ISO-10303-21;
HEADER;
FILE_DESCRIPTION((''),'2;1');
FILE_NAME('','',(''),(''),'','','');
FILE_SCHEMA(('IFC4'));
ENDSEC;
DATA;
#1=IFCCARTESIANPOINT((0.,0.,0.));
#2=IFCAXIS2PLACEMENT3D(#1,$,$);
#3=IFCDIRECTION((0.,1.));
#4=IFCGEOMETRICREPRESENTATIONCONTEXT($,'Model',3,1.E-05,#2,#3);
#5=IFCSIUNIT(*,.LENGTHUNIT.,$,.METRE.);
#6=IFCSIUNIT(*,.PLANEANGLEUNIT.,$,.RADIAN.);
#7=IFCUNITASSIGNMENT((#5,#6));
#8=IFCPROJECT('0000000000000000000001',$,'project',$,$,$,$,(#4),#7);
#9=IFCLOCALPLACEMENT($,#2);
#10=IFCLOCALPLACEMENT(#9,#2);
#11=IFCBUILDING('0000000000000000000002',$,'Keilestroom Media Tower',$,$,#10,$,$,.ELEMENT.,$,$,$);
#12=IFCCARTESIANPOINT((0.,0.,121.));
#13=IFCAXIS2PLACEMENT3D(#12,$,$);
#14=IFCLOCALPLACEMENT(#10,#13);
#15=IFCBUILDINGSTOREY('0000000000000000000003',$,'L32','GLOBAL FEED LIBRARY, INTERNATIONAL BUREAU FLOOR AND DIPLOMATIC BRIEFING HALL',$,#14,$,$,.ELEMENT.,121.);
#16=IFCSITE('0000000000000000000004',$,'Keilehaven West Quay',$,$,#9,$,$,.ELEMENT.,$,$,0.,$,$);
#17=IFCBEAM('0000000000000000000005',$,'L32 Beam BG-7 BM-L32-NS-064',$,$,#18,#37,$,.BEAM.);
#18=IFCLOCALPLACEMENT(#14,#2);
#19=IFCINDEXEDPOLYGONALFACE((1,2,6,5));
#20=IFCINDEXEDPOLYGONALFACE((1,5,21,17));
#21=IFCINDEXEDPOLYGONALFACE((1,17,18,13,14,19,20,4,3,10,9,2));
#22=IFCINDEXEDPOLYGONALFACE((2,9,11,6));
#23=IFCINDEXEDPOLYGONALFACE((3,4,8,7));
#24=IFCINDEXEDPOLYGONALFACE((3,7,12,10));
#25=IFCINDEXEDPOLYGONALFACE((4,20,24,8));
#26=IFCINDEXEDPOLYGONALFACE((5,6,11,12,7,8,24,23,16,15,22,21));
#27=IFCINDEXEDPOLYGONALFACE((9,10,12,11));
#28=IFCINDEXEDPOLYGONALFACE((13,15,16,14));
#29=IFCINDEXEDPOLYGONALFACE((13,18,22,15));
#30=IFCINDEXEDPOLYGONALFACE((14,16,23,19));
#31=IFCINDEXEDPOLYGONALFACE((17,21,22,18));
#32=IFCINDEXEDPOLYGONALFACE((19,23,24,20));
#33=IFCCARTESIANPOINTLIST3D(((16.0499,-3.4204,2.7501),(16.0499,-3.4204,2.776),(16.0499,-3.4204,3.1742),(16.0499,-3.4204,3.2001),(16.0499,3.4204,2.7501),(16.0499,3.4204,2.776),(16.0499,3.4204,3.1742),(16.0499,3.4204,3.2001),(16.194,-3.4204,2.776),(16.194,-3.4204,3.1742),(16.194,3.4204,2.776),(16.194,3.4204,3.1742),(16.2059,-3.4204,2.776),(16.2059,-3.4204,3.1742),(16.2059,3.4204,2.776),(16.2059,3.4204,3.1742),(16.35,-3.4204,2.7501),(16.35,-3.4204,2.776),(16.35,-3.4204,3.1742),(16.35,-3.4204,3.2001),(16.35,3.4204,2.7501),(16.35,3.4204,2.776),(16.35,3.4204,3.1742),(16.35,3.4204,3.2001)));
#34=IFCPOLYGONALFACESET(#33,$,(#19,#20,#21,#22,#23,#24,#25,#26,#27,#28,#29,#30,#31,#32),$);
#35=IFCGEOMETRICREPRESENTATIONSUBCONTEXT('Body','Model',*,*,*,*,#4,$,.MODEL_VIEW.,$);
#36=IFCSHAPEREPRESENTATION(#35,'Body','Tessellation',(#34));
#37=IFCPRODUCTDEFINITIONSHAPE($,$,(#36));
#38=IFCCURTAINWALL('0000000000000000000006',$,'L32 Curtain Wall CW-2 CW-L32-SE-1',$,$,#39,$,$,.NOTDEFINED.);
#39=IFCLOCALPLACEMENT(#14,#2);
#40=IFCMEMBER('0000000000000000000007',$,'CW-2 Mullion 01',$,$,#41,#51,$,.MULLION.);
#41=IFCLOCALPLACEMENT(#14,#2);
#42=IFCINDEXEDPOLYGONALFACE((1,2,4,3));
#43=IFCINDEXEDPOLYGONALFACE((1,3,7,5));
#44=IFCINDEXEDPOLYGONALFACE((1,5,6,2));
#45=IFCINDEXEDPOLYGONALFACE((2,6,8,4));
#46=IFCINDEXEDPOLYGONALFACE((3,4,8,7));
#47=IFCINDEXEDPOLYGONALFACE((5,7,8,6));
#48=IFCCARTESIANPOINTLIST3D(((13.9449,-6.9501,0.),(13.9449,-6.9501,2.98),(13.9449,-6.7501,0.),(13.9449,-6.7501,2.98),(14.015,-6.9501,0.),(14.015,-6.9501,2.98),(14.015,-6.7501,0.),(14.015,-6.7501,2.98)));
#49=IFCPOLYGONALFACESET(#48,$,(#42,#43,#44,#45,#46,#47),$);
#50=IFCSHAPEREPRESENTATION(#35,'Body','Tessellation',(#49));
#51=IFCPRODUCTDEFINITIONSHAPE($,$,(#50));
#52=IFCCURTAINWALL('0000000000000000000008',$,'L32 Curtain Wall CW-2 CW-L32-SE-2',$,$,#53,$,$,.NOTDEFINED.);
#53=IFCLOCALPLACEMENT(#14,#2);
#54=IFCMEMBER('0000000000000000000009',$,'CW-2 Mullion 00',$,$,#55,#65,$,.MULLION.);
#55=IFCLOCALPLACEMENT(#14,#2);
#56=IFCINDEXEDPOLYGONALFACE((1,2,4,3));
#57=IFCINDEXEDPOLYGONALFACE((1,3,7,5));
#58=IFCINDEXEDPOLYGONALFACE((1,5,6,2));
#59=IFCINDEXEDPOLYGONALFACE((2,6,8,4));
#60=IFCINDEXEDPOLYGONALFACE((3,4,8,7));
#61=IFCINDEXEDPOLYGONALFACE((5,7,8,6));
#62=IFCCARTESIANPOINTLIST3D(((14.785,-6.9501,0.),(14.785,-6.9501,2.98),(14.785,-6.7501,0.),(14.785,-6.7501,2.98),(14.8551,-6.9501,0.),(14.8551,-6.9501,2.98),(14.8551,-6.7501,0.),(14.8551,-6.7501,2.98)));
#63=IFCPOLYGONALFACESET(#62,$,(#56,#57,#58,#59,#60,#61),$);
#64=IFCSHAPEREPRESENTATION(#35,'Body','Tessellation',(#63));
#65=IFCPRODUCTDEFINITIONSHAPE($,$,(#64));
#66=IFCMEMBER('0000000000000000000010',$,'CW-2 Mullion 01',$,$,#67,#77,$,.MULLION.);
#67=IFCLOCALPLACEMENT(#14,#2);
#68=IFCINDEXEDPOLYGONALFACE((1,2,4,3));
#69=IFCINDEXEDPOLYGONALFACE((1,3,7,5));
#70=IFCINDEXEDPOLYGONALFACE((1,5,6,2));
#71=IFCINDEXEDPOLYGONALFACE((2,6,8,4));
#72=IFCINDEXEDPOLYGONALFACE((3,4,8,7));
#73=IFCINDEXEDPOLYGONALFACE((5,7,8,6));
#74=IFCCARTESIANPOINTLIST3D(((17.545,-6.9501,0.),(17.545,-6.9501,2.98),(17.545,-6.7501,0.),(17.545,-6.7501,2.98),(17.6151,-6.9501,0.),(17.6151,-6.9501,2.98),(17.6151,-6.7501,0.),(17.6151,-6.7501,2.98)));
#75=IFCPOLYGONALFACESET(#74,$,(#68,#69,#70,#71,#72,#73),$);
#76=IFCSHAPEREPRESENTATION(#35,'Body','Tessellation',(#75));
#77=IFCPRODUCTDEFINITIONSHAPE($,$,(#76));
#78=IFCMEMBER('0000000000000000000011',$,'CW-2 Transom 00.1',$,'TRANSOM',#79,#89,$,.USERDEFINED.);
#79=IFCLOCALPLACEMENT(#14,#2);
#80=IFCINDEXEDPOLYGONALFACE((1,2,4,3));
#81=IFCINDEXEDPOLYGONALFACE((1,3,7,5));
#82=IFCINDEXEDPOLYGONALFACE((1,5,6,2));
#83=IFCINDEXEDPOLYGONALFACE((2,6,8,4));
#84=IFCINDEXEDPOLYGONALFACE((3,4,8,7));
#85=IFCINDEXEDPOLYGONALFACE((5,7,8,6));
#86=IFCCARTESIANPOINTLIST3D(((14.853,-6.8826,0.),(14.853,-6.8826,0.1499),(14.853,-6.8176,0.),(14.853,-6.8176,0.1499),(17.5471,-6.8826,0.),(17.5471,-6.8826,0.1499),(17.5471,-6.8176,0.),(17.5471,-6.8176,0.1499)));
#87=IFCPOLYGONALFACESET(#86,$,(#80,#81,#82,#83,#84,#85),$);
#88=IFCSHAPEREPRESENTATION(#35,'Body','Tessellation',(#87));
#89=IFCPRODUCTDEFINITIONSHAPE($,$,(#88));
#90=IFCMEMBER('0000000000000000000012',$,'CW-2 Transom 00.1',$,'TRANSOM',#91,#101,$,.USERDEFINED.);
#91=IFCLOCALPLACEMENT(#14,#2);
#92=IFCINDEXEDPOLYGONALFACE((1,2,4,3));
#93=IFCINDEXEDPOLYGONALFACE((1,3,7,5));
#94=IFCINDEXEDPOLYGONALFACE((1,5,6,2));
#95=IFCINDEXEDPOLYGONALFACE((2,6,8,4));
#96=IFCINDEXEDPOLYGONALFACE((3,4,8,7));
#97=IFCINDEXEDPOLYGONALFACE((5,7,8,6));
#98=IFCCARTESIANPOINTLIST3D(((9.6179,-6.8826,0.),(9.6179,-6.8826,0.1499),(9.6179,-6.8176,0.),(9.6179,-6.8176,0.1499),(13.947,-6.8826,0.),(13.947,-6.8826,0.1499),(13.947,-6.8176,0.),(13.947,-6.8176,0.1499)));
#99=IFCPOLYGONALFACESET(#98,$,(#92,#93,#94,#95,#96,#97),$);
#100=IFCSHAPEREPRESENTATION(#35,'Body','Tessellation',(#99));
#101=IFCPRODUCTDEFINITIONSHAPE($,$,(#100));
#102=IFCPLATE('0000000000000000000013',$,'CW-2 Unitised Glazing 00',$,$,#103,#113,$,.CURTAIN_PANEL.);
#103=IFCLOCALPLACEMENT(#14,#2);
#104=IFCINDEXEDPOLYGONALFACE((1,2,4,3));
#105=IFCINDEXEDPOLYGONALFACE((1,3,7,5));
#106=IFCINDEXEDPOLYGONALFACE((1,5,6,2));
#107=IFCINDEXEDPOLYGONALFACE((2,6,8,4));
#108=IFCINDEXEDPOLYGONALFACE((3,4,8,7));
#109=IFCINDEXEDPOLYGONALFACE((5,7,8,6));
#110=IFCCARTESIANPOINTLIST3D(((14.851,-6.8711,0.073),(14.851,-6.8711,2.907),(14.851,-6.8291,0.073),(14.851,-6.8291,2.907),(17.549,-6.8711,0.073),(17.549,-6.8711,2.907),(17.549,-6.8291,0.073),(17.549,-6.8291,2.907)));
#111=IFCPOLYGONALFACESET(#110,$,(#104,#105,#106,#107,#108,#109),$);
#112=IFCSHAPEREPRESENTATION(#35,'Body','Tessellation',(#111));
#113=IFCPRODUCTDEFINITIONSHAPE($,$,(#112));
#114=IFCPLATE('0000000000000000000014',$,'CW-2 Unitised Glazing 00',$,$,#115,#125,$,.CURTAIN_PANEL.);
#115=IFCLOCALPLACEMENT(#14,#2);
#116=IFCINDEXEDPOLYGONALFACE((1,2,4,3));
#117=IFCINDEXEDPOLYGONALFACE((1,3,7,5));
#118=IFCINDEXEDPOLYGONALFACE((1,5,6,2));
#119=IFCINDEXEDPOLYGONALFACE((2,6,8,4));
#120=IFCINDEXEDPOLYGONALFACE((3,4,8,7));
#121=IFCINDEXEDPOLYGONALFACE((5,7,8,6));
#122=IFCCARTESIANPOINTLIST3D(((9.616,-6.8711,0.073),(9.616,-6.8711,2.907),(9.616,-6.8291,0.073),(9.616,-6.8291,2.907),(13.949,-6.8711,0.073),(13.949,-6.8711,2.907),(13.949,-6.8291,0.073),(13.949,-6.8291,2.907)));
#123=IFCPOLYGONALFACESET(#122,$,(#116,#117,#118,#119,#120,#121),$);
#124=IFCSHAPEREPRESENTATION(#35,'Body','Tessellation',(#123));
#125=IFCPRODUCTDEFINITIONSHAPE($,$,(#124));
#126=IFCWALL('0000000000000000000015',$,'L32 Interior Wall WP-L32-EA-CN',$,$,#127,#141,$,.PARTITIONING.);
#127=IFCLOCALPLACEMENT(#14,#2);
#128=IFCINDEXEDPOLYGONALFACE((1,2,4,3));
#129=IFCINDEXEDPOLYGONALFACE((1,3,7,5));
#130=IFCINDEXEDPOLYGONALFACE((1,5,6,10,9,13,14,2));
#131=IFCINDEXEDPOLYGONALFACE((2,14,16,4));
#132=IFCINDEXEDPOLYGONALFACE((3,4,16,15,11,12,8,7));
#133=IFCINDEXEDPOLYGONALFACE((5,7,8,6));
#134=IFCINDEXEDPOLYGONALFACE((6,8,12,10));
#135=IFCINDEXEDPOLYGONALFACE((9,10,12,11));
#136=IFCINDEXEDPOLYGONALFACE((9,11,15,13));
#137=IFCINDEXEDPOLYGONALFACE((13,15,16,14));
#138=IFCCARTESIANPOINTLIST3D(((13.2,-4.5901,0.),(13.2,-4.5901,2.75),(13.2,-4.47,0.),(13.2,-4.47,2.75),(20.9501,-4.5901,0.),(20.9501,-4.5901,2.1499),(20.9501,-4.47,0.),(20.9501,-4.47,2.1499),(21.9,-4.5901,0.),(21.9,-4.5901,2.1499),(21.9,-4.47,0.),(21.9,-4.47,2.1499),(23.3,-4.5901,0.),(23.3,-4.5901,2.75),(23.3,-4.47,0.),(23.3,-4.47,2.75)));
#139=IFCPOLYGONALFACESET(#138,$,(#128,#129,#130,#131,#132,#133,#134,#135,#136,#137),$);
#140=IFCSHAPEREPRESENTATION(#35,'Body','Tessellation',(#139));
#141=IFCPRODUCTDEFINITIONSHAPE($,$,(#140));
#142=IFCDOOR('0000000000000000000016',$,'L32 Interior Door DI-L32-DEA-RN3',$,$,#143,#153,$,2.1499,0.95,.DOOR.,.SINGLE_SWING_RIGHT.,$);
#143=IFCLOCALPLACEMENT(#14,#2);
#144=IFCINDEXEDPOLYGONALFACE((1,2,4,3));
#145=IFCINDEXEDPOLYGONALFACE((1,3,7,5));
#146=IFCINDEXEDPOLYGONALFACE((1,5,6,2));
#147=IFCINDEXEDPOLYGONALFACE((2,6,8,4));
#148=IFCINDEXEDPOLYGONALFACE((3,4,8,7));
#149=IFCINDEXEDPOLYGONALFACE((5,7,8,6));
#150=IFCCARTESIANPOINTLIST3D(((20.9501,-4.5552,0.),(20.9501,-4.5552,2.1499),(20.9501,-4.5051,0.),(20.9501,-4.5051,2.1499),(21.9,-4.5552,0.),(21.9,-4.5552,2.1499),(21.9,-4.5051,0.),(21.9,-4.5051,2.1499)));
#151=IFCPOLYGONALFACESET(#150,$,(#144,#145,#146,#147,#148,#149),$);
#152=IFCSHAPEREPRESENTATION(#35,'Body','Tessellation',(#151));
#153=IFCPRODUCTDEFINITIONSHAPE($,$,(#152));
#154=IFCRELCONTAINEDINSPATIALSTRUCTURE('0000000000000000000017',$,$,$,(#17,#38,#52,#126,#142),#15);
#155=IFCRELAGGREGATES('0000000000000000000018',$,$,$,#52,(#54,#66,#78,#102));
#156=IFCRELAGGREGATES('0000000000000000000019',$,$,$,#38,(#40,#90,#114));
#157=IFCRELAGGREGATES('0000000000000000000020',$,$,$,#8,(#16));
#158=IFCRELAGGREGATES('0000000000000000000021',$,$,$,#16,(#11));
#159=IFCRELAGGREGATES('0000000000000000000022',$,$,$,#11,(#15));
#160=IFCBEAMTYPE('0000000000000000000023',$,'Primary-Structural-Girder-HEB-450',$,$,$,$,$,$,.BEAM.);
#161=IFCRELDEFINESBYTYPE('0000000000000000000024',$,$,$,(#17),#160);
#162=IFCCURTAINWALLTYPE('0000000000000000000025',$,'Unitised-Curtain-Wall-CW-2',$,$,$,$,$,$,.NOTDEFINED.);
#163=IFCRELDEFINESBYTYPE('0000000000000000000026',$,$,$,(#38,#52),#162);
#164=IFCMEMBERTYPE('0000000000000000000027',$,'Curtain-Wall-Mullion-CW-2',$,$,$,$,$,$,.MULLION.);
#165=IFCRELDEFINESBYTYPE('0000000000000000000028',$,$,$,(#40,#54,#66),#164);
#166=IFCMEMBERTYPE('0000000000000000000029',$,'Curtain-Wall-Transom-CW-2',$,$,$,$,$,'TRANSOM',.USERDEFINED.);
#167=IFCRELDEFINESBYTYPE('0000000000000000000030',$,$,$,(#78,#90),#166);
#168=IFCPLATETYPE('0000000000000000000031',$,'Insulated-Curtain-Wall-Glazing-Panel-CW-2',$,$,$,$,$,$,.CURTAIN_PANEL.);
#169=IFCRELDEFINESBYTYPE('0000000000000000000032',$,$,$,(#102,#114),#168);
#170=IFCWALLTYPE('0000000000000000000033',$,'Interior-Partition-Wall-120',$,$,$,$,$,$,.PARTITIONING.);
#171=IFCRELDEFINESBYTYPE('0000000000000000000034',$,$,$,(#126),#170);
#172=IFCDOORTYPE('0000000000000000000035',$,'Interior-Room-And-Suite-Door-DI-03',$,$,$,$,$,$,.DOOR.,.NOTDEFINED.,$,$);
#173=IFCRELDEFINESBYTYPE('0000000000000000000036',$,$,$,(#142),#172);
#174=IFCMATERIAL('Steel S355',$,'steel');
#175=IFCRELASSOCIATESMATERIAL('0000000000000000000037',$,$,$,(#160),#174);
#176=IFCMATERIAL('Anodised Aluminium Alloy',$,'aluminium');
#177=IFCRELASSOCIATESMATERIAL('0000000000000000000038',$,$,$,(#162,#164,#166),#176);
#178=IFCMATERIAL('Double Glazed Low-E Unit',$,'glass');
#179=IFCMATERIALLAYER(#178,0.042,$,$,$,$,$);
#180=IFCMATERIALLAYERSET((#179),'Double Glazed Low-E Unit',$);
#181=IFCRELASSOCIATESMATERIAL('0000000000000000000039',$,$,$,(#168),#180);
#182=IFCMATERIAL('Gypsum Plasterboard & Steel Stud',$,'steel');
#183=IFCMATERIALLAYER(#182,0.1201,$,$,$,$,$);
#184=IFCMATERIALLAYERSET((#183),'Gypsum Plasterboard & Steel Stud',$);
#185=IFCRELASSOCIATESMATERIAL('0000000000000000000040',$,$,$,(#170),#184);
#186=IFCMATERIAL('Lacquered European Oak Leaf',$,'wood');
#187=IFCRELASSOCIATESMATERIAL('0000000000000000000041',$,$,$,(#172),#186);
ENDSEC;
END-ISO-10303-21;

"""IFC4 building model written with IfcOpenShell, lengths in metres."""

from ifc_helpers import new_model, si_unit, direction, frame, frame_2d, origin, origin_2d, place, context, subcontext, project, spatial, rectangle, i_section, extrude, source, transform, mapped, material, layer, layer_set, material_profile, profile_set, type_object, element, fill, aggregate, save


model = new_model("IFC4")

# Units and contexts
model_context = context("Model", 3, precision=1e-05, world=origin(), true_north=direction((0.0, 1.0)))
body_context = subcontext(model_context, "Body", "Model", "MODEL_VIEW")
ifc_project = project(units=[si_unit("LENGTHUNIT", "METRE"), si_unit("PLANEANGLEUNIT", "RADIAN")], contexts=[model_context])

# Site, building, storey
site_placement = place(None, origin())
site = spatial("IfcSite", under=ifc_project, at=site_placement, Name="Keilehaven West Quay", CompositionType="ELEMENT", RefElevation=0.0)
building_placement = place(site_placement, origin())
building = spatial("IfcBuilding", under=site, at=building_placement, Name="Keilestroom Media Tower", CompositionType="ELEMENT")
storey_placement = place(building_placement, frame((0.0, 0.0, 121.0)))
storey = spatial("IfcBuildingStorey", under=building, at=storey_placement, Name="L32", Description="GLOBAL FEED LIBRARY, INTERNATIONAL BUREAU FLOOR AND DIPLOMATIC BRIEFING HALL", CompositionType="ELEMENT", Elevation=121.0)

# Shared definitions
ifc_material_1 = material(Name="Steel S355", Category="steel")

# Beam
ifc_material_profile_1 = material_profile(ifc_material_1, i_section(OverallWidth=0.3, OverallDepth=0.45, WebThickness=0.012, FlangeThickness=0.0259, at=origin_2d()), Name="HEB 450")
ifc_profile_set_1 = profile_set([ifc_material_profile_1], Name="Steel S355")
beam_type_1 = type_object("IfcBeamType", Name="Primary-Structural-Girder-HEB-450", PredefinedType="BEAM", material=ifc_profile_set_1)
shared_shape_1 = source(origin(), body_context, "Body", "SweptSolid", [
    extrude(i_section(OverallWidth=0.3, OverallDepth=0.45, WebThickness=0.012, FlangeThickness=0.0259, at=origin_2d()), origin(), (0.0, 0.0, 1.0), 6.8408),
])
for number, where, z_axis, x_axis, name in (
    (1, (16.2, -3.4204, 2.9751), (0.0, 1.0, 0.0), (-1.0, 0.0, 0.0), "L32 Beam BG-7 BM-L32-NS-064"),
):
    element("IfcBeam", number, at=place(storey_placement, frame(where, z_axis=z_axis, x_axis=x_axis)), inside=storey, type_object=beam_type_1, Name=name, PredefinedType="BEAM", context=body_context, shape_type="MappedRepresentation", body=[
        mapped(shared_shape_1, transform((0.0, 0.0, 0.0), x_axis=(1.0, 0.0, 0.0), y_axis=(0.0, 1.0, 0.0), z_axis=(0.0, 0.0, 1.0), scale=1.0)),
    ])

# Curtain wall, member
ifc_material_2 = material(Name="Anodised Aluminium Alloy", Category="aluminium")
curtain_wall_type = type_object("IfcCurtainWallType", Name="Unitised-Curtain-Wall-CW-2", PredefinedType="NOTDEFINED", material=ifc_material_2)
curtain_wall_1_placement = place(storey_placement, origin())
curtain_wall_1 = element("IfcCurtainWall", 2, at=curtain_wall_1_placement, inside=storey, type_object=curtain_wall_type, Name="L32 Curtain Wall CW-2 CW-L32-SE-1", PredefinedType="NOTDEFINED")
ifc_material_profile_2 = material_profile(ifc_material_2, rectangle(XDim=0.0701, YDim=0.2, at=origin_2d()), Name="ALU MULLION 70x200")
ifc_profile_set_2 = profile_set([ifc_material_profile_2], Name="Anodised Aluminium Alloy")
member_type_1 = type_object("IfcMemberType", Name="Curtain-Wall-Mullion-CW-2", PredefinedType="MULLION", material=ifc_profile_set_2)
shared_shape_2 = source(origin(), body_context, "Body", "SweptSolid", [
    extrude(rectangle(XDim=0.0701, YDim=0.2, at=origin_2d()), origin(), (0.0, 0.0, 1.0), 2.98),
])
member_1_placement = place(storey_placement, frame((13.98, -6.8501, 0.0), z_axis=(0.0, 0.0, 1.0), x_axis=(1.0, 0.0, 0.0)))
member_1 = element("IfcMember", 3, at=member_1_placement, type_object=member_type_1, Name="CW-2 Mullion 01", PredefinedType="MULLION", context=body_context, shape_type="MappedRepresentation", body=[
    mapped(shared_shape_2, transform((0.0, 0.0, 0.0), x_axis=(1.0, 0.0, 0.0), y_axis=(0.0, 1.0, 0.0), z_axis=(0.0, 0.0, 1.0), scale=1.0)),
])

# Curtain wall, members
curtain_wall_2_placement = place(storey_placement, origin())
curtain_wall_2 = element("IfcCurtainWall", 4, at=curtain_wall_2_placement, inside=storey, type_object=curtain_wall_type, Name="L32 Curtain Wall CW-2 CW-L32-SE-2", PredefinedType="NOTDEFINED")
member_2_placement = place(storey_placement, frame((14.8201, -6.8501, 0.0), z_axis=(0.0, 0.0, 1.0), x_axis=(1.0, 0.0, 0.0)))
member_2 = element("IfcMember", 5, at=member_2_placement, type_object=member_type_1, Name="CW-2 Mullion 00", PredefinedType="MULLION", context=body_context, shape_type="MappedRepresentation", body=[
    mapped(shared_shape_2, transform((0.0, 0.0, 0.0), x_axis=(1.0, 0.0, 0.0), y_axis=(0.0, 1.0, 0.0), z_axis=(0.0, 0.0, 1.0), scale=1.0)),
])
member_3_placement = place(storey_placement, frame((17.5801, -6.8501, 0.0), z_axis=(0.0, 0.0, 1.0), x_axis=(1.0, 0.0, 0.0)))
member_3 = element("IfcMember", 6, at=member_3_placement, type_object=member_type_1, Name="CW-2 Mullion 01", PredefinedType="MULLION", context=body_context, shape_type="MappedRepresentation", body=[
    mapped(shared_shape_2, transform((0.0, 0.0, 0.0), x_axis=(1.0, 0.0, 0.0), y_axis=(0.0, 1.0, 0.0), z_axis=(0.0, 0.0, 1.0), scale=1.0)),
])
ifc_material_profile_3 = material_profile(ifc_material_2, rectangle(XDim=0.0649, YDim=0.1499, at=origin_2d()), Name="ALU TRANSOM 65x150")
ifc_profile_set_3 = profile_set([ifc_material_profile_3], Name="Anodised Aluminium Alloy")
member_type_2 = type_object("IfcMemberType", Name="Curtain-Wall-Transom-CW-2", ElementType="TRANSOM", PredefinedType="USERDEFINED", material=ifc_profile_set_3)
shared_shape_3 = source(origin(), body_context, "Body", "SweptSolid", [
    extrude(rectangle(XDim=0.0649, YDim=0.1499, at=origin_2d()), origin(), (0.0, 0.0, 1.0), 2.6941),
])
member_4_placement = place(storey_placement, frame((14.853, -6.8501, 0.075), z_axis=(1.0, 0.0, 0.0), x_axis=(0.0, 1.0, 0.0)))
member_4 = element("IfcMember", 7, at=member_4_placement, type_object=member_type_2, Name="CW-2 Transom 00.1", ObjectType="TRANSOM", PredefinedType="USERDEFINED", context=body_context, shape_type="MappedRepresentation", body=[
    mapped(shared_shape_3, transform((0.0, 0.0, 0.0), x_axis=(1.0, 0.0, 0.0), y_axis=(0.0, 1.0, 0.0), z_axis=(0.0, 0.0, 1.0), scale=1.0)),
])

# Member
shared_shape_4 = source(origin(), body_context, "Body", "SweptSolid", [
    extrude(rectangle(XDim=0.0649, YDim=0.1499, at=origin_2d()), origin(), (0.0, 0.0, 1.0), 4.3291),
])
member_5_placement = place(storey_placement, frame((9.6179, -6.8501, 0.075), z_axis=(1.0, 0.0, 0.0), x_axis=(0.0, 1.0, 0.0)))
member_5 = element("IfcMember", 8, at=member_5_placement, type_object=member_type_2, Name="CW-2 Transom 00.1", ObjectType="TRANSOM", PredefinedType="USERDEFINED", context=body_context, shape_type="MappedRepresentation", body=[
    mapped(shared_shape_4, transform((0.0, 0.0, 0.0), x_axis=(1.0, 0.0, 0.0), y_axis=(0.0, 1.0, 0.0), z_axis=(0.0, 0.0, 1.0), scale=1.0)),
])

# Plates
ifc_material_3 = material(Name="Double Glazed Low-E Unit", Category="glass")
ifc_layer_1 = layer(ifc_material_3, 0.042)
ifc_layer_set_1 = layer_set([ifc_layer_1], Name="Double Glazed Low-E Unit")
plate_type = type_object("IfcPlateType", Name="Insulated-Curtain-Wall-Glazing-Panel-CW-2", PredefinedType="CURTAIN_PANEL", material=ifc_layer_set_1)
shared_shape_5 = source(origin(), body_context, "Body", "SweptSolid", [
    extrude(rectangle(XDim=2.698, YDim=0.042, at=origin_2d()), origin(), (0.0, 0.0, 1.0), 2.834),
])
plate_1_placement = place(storey_placement, frame((16.2, -6.8501, 0.073), z_axis=(0.0, 0.0, 1.0), x_axis=(1.0, 0.0, 0.0)))
plate_1 = element("IfcPlate", 9, at=plate_1_placement, type_object=plate_type, Name="CW-2 Unitised Glazing 00", PredefinedType="CURTAIN_PANEL", context=body_context, shape_type="MappedRepresentation", body=[
    mapped(shared_shape_5, transform((0.0, 0.0, 0.0), x_axis=(1.0, 0.0, 0.0), y_axis=(0.0, 1.0, 0.0), z_axis=(0.0, 0.0, 1.0), scale=1.0)),
])
aggregate(curtain_wall_2, [member_2, member_3, member_4, plate_1])
shared_shape_6 = source(origin(), body_context, "Body", "SweptSolid", [
    extrude(rectangle(XDim=4.333, YDim=0.042, at=origin_2d()), origin(), (0.0, 0.0, 1.0), 2.834),
])
plate_2_placement = place(storey_placement, frame((11.7825, -6.8501, 0.073), z_axis=(0.0, 0.0, 1.0), x_axis=(1.0, 0.0, 0.0)))
plate_2 = element("IfcPlate", 10, at=plate_2_placement, type_object=plate_type, Name="CW-2 Unitised Glazing 00", PredefinedType="CURTAIN_PANEL", context=body_context, shape_type="MappedRepresentation", body=[
    mapped(shared_shape_6, transform((0.0, 0.0, 0.0), x_axis=(1.0, 0.0, 0.0), y_axis=(0.0, 1.0, 0.0), z_axis=(0.0, 0.0, 1.0), scale=1.0)),
])
aggregate(curtain_wall_1, [member_1, member_5, plate_2])

# Wall, opening, door
ifc_material_4 = material(Name="Gypsum Plasterboard & Steel Stud", Category="steel")
ifc_layer_2 = layer(ifc_material_4, 0.1201)
ifc_layer_set_2 = layer_set([ifc_layer_2], Name="Gypsum Plasterboard & Steel Stud")
wall_type_1 = type_object("IfcWallType", Name="Interior-Partition-Wall-120", PredefinedType="PARTITIONING", material=ifc_layer_set_2)
wall_1_placement = place(storey_placement, frame((13.2, -4.53, 0.0), z_axis=(0.0, 0.0, 1.0), x_axis=(1.0, 0.0, 0.0)))
wall_1 = element("IfcWall", 11, at=wall_1_placement, inside=storey, type_object=wall_type_1, Name="L32 Interior Wall WP-L32-EA-CN", PredefinedType="PARTITIONING", context=body_context, shape_type="SweptSolid", body=[
    extrude(rectangle(XDim=10.1001, YDim=0.1201, at=frame_2d((5.05, 0.0))), origin(), (0.0, 0.0, 1.0), 2.75),
])
opening_1_placement = place(wall_1_placement, frame((7.75, 0.0, 0.0)))
opening_1 = element("IfcOpeningElement", 12, at=opening_1_placement, cuts=wall_1, PredefinedType="OPENING", context=body_context, shape_type="SweptSolid", body=[
    extrude(rectangle(XDim=0.95, YDim=2.1499, at=frame_2d((0.4751, 1.075))), frame((0.0, 0.0701, 0.0), z_axis=(0.0, -1.0, 0.0), x_axis=(1.0, 0.0, 0.0)), (0.0, 0.0, 1.0), 0.1401),
])
ifc_material_5 = material(Name="Lacquered European Oak Leaf", Category="wood")
door_type_1 = type_object("IfcDoorType", Name="Interior-Room-And-Suite-Door-DI-03", OperationType="NOTDEFINED", PredefinedType="DOOR", material=ifc_material_5)
shared_shape_7 = source(origin(), body_context, "Body", "SweptSolid", [
    extrude(rectangle(XDim=0.95, YDim=2.1499, at=frame_2d((0.4751, 1.075))), frame((0.0, 0.0249, 0.0), z_axis=(0.0, -1.0, 0.0), x_axis=(1.0, 0.0, 0.0)), (0.0, 0.0, 1.0), 0.05),
])
door_1_placement = place(opening_1_placement, origin())
door_1 = element("IfcDoor", 13, at=door_1_placement, inside=storey, type_object=door_type_1, Name="L32 Interior Door DI-L32-DEA-RN3", OperationType="SINGLE_SWING_RIGHT", OverallHeight=2.1499, OverallWidth=0.95, PredefinedType="DOOR", context=body_context, shape_type="MappedRepresentation", body=[
    mapped(shared_shape_7, transform((0.0, 0.0, 0.0), x_axis=(1.0, 0.0, 0.0), y_axis=(0.0, 1.0, 0.0), z_axis=(0.0, 0.0, 1.0), scale=1.0)),
])
fill(opening_1, door_1)

save(model, "model.ifc")
